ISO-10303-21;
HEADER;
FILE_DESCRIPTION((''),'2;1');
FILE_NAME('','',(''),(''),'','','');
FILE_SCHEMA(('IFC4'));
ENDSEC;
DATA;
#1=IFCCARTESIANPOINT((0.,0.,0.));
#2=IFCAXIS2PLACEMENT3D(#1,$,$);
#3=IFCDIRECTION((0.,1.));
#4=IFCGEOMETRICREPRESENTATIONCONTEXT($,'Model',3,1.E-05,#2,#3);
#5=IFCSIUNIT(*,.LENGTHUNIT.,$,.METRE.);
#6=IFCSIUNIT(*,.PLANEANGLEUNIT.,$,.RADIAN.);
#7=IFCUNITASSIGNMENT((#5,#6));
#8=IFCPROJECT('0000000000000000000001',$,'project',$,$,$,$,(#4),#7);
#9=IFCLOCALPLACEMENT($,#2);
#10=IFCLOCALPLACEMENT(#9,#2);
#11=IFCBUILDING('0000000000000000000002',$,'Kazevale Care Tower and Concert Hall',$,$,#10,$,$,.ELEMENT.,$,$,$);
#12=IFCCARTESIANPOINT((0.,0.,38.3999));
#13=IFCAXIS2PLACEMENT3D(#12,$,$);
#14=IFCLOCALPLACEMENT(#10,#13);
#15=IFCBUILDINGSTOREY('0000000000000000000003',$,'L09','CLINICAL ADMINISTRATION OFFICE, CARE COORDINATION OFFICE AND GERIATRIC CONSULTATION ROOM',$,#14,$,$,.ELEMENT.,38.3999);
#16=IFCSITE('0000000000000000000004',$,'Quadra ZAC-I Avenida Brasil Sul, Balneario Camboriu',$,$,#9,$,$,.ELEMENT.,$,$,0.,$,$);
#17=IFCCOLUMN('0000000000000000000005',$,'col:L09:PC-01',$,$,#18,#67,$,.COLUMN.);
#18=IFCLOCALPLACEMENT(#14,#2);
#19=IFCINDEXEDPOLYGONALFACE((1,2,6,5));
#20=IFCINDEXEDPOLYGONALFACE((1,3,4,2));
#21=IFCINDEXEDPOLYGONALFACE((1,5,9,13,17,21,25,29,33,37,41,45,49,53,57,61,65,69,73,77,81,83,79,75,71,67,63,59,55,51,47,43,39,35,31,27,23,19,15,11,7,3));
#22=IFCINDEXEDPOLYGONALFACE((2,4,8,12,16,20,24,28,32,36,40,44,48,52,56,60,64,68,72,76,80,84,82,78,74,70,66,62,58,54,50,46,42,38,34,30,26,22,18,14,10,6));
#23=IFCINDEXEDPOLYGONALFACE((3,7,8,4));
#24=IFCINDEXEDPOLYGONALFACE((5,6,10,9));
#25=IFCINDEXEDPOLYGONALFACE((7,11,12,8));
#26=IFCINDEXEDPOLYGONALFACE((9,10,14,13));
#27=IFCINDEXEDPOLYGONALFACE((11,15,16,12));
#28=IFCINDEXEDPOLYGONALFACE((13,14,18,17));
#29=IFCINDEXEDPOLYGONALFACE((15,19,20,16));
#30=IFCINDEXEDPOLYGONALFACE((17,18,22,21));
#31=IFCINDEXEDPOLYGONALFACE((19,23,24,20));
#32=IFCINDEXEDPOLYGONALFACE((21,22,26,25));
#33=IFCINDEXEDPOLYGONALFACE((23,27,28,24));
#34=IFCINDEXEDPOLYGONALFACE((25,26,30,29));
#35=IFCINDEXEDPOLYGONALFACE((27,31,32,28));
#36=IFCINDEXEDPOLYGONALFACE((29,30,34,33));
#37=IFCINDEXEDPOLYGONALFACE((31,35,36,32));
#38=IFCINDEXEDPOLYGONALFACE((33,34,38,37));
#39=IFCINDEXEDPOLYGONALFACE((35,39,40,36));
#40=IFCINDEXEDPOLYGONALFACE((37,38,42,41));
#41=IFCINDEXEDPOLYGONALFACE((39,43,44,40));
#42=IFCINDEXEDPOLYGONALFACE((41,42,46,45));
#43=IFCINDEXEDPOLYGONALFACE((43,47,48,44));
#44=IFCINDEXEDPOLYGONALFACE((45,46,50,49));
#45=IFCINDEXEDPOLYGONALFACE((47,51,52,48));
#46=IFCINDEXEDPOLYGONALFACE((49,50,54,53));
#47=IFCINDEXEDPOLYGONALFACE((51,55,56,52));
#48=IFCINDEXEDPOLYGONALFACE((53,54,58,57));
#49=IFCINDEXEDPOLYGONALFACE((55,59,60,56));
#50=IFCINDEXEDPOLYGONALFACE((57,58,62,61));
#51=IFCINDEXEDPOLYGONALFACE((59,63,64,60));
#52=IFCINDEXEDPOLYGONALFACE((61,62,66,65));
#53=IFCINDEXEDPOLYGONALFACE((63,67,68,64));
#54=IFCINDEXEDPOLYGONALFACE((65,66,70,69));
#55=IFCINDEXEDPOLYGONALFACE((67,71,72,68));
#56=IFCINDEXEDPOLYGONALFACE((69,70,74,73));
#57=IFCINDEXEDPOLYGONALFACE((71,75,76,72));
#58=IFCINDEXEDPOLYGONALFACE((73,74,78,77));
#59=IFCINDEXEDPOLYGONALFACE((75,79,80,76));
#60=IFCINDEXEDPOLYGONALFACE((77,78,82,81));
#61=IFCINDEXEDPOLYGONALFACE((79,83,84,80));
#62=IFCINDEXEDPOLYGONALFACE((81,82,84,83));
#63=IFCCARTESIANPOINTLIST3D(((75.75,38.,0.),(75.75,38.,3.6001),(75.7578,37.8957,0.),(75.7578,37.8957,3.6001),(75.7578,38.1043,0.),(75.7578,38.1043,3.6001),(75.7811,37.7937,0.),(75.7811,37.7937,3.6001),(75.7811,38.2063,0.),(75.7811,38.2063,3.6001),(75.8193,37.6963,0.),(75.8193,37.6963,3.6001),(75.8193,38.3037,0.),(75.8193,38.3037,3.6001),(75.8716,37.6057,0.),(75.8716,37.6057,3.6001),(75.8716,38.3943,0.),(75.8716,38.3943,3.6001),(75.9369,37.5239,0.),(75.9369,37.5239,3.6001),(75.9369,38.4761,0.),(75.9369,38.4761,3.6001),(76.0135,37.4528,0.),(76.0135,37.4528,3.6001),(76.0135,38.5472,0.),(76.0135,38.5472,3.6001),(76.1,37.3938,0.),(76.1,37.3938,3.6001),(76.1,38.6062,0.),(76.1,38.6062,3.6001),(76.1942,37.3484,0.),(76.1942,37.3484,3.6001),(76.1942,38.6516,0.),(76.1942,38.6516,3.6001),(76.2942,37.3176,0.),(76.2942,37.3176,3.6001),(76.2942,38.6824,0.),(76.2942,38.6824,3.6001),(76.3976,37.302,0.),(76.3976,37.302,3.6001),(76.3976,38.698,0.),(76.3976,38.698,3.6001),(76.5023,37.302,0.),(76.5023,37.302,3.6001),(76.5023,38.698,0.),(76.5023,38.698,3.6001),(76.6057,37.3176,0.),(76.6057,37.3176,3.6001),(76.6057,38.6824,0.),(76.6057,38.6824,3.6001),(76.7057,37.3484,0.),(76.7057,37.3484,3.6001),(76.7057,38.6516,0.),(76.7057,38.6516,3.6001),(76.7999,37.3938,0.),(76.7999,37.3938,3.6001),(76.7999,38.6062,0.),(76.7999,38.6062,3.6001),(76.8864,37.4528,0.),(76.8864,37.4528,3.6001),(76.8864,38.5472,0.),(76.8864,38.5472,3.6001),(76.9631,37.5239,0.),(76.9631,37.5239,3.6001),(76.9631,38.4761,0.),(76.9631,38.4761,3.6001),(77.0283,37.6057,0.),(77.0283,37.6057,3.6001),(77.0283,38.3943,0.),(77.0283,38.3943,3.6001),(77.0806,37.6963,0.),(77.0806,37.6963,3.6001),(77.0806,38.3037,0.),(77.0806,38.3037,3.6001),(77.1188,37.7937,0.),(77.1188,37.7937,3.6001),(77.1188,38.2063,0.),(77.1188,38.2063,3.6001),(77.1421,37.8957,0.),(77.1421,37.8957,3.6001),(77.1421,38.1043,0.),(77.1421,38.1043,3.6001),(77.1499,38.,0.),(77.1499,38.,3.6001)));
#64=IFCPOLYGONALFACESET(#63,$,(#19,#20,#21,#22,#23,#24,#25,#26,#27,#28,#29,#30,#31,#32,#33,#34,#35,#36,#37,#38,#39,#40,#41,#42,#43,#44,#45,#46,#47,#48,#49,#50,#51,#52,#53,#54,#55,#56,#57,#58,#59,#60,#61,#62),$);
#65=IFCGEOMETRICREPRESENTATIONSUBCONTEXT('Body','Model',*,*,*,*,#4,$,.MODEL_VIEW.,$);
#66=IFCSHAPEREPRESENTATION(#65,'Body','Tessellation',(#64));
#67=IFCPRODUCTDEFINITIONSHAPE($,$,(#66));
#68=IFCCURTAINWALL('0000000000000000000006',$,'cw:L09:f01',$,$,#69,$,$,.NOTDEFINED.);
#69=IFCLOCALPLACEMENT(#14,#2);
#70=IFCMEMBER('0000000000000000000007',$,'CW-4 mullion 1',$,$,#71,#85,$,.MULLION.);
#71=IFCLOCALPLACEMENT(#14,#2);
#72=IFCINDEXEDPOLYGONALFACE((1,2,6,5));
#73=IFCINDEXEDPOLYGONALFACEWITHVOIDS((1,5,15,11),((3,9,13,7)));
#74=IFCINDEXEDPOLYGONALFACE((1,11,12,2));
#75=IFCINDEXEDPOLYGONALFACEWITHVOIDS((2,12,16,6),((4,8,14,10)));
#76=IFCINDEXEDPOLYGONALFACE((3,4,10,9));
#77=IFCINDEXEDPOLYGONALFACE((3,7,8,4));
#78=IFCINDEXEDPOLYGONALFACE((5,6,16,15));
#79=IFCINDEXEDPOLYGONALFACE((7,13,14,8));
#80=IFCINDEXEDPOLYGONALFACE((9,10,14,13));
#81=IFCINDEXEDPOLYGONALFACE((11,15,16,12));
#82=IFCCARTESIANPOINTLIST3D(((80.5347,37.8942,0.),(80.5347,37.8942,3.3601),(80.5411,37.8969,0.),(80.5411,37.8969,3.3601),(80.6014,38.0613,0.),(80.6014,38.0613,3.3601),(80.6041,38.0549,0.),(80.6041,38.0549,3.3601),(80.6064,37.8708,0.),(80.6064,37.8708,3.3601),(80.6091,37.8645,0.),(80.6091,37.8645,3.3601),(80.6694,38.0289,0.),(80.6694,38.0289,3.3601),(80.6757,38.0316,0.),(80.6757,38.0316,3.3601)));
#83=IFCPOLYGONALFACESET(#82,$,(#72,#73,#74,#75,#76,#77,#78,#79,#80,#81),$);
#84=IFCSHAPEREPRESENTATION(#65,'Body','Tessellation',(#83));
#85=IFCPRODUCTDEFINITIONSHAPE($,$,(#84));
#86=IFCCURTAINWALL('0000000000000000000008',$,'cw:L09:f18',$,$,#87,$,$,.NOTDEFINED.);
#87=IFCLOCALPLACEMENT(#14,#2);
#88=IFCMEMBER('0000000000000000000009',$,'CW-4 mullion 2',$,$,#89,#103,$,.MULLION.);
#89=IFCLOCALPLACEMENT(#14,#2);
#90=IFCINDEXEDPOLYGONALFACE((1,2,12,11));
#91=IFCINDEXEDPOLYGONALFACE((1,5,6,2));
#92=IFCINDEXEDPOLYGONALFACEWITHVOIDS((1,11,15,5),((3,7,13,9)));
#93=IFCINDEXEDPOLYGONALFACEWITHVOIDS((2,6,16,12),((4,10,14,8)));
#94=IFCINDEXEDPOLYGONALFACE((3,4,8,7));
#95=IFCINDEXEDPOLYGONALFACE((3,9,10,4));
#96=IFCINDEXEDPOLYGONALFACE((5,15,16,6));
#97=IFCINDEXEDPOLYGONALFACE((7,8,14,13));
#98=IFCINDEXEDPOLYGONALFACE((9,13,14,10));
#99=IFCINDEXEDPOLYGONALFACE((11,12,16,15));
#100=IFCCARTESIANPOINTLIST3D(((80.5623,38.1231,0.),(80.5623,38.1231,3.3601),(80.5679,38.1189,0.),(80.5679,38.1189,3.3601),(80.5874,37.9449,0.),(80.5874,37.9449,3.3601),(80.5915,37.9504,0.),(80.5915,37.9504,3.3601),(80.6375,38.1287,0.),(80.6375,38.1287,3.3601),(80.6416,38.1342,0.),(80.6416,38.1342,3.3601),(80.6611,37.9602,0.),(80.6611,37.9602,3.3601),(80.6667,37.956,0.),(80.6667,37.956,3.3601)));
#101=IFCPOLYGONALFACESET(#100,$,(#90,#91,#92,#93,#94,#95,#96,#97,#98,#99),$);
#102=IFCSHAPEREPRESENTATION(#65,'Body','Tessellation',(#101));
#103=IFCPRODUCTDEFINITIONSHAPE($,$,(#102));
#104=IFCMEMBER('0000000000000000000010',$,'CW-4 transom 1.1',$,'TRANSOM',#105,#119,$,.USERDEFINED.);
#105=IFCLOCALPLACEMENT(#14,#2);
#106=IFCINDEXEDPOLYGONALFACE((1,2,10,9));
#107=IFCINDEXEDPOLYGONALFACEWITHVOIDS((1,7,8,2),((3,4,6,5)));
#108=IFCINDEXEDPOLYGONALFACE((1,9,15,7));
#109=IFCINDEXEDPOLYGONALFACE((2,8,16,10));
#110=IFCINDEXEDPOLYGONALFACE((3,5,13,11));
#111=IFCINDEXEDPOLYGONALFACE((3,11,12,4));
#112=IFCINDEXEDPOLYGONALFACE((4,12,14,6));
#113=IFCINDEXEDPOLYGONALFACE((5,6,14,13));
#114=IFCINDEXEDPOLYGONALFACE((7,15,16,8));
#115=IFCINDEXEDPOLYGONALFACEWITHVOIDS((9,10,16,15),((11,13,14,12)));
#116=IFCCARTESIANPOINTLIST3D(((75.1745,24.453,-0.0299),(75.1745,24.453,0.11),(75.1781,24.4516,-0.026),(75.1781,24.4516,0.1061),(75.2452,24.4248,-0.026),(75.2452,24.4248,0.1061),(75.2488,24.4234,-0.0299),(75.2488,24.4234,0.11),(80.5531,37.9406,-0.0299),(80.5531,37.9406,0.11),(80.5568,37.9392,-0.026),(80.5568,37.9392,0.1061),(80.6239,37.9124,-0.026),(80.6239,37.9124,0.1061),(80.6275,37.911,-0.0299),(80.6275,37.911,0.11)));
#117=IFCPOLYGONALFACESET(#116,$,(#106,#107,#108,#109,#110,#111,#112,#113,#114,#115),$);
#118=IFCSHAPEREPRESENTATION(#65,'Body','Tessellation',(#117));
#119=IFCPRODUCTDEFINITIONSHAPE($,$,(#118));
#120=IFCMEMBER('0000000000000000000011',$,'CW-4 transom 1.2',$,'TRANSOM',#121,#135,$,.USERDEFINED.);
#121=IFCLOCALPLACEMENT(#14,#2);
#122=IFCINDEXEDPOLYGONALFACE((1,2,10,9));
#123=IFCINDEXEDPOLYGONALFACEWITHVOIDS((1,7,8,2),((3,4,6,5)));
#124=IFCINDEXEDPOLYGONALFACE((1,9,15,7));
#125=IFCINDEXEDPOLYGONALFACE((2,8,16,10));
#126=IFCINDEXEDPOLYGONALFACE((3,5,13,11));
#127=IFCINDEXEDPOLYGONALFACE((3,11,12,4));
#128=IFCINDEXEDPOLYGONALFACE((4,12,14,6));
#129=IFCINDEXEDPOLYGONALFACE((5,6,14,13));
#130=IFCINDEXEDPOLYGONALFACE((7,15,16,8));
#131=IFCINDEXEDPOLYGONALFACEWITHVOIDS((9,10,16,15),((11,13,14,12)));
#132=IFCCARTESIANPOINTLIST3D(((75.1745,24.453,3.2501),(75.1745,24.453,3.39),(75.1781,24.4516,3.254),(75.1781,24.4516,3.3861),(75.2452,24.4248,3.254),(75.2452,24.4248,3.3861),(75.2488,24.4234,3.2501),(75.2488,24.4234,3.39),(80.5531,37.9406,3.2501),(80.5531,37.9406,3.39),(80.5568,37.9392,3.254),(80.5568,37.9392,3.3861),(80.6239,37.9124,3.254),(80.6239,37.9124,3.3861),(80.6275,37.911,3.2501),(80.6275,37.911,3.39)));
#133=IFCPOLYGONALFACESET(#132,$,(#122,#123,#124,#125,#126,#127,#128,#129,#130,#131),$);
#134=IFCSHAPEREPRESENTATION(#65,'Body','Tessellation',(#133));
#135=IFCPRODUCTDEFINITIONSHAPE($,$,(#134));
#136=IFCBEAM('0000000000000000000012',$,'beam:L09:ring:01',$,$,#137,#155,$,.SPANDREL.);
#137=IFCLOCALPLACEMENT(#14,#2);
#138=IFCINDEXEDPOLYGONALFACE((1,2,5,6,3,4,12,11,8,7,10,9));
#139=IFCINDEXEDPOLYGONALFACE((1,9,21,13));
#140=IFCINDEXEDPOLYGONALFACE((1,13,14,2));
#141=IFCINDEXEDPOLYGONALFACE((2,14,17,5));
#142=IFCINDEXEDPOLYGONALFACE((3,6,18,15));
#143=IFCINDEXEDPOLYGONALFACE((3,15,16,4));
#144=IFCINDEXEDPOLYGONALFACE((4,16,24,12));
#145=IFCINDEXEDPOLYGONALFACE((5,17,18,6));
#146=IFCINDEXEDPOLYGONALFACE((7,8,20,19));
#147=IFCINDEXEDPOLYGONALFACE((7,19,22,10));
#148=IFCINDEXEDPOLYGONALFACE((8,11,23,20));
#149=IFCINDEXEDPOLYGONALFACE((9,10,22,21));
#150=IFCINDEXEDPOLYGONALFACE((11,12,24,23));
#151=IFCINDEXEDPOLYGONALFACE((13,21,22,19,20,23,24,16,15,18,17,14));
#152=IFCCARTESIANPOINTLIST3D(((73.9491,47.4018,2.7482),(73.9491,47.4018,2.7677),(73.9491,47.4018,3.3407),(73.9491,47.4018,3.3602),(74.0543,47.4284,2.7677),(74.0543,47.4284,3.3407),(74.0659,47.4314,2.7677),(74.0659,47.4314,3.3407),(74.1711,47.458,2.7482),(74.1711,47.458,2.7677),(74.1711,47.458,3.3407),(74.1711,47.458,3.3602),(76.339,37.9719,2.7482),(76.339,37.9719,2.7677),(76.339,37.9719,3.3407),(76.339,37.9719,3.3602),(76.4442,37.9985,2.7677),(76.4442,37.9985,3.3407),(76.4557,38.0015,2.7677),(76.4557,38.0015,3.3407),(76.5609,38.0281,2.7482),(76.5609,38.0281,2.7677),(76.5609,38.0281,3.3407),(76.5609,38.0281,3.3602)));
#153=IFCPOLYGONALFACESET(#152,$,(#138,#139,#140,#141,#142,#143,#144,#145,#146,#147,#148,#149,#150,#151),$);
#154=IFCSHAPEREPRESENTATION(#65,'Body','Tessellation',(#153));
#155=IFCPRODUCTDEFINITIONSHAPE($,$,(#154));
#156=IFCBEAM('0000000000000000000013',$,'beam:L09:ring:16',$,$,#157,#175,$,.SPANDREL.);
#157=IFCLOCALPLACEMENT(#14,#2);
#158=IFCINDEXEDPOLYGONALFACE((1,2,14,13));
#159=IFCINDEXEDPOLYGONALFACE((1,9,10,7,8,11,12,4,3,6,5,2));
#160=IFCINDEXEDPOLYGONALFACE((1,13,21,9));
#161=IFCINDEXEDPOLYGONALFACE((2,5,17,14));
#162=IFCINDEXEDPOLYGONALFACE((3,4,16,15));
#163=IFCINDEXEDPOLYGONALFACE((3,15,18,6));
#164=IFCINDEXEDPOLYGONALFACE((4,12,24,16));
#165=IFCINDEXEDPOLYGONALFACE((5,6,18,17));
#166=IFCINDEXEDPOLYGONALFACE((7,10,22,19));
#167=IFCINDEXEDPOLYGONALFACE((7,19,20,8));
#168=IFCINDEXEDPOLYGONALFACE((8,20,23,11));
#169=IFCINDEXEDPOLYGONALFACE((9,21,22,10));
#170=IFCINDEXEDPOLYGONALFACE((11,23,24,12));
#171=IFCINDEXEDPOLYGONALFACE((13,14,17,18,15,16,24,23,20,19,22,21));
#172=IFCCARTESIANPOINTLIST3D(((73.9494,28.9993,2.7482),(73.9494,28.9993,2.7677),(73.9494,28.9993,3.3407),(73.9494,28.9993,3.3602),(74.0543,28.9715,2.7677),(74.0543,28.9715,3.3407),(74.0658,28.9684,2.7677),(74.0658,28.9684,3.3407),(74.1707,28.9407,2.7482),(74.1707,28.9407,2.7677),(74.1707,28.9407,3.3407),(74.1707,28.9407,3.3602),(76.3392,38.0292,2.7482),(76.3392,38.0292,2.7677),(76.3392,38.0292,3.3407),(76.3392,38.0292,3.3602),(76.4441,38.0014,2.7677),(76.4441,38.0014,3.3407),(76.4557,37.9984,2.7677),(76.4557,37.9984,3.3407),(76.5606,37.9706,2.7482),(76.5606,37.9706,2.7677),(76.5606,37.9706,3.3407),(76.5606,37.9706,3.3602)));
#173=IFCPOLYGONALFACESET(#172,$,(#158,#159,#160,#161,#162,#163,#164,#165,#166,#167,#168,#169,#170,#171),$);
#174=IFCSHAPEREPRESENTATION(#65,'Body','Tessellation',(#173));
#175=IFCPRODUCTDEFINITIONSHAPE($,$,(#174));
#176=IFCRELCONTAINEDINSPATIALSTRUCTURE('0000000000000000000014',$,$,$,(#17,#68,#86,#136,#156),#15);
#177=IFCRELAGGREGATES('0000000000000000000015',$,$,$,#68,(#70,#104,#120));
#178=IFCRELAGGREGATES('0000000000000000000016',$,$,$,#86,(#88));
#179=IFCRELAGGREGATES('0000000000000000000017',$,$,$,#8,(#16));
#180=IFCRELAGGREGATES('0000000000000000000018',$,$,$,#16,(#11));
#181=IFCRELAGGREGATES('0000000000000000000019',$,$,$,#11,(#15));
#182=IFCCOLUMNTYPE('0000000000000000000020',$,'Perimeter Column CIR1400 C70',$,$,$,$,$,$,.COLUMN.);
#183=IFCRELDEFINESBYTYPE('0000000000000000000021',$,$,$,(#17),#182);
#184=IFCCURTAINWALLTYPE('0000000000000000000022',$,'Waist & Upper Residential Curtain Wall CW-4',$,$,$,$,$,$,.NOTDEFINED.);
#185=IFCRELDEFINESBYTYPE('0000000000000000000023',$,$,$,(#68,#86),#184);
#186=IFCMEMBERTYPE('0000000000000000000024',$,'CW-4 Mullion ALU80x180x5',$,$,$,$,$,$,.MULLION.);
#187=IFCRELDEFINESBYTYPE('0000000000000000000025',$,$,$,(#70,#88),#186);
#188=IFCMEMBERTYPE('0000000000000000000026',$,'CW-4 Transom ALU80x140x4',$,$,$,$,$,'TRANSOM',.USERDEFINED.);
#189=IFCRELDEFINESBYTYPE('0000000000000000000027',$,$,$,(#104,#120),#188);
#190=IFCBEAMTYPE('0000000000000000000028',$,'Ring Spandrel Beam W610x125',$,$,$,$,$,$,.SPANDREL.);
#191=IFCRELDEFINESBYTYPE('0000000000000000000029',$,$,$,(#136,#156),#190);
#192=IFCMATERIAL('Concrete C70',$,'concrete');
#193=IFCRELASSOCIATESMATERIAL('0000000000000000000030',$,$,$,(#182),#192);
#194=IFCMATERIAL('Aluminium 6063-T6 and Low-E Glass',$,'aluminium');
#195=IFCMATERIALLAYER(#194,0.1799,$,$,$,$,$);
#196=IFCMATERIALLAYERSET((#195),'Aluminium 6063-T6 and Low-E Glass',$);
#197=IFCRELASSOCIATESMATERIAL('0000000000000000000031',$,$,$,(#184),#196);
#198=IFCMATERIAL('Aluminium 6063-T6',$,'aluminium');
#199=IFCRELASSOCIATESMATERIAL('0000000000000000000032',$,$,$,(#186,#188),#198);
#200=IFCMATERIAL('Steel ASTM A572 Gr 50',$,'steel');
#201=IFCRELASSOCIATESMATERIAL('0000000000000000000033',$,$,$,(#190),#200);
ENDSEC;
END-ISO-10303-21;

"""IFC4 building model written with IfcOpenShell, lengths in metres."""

from ifc_helpers import new_model, si_unit, direction, frame, origin, origin_2d, place, context, subcontext, project, spatial, hollow_rectangle, circle, i_section, extrude, material, layer, layer_set, material_profile, profile_set, type_object, element, aggregate, save


model = new_model("IFC4")

# Units and contexts
model_context = context("Model", 3, precision=1e-05, world=origin(), true_north=direction((0.0, 1.0)))
body_context = subcontext(model_context, "Body", "Model", "MODEL_VIEW")
ifc_project = project(units=[si_unit("LENGTHUNIT", "METRE"), si_unit("PLANEANGLEUNIT", "RADIAN")], contexts=[model_context])

# Site, building, storey
site_placement = place(None, origin())
site = spatial("IfcSite", under=ifc_project, at=site_placement, Name="Quadra ZAC-I Avenida Brasil Sul, Balneario Camboriu", CompositionType="ELEMENT", RefElevation=0.0)
building_placement = place(site_placement, origin())
building = spatial("IfcBuilding", under=site, at=building_placement, Name="Kazevale Care Tower and Concert Hall", CompositionType="ELEMENT")
storey_placement = place(building_placement, frame((0.0, 0.0, 38.3999)))
storey = spatial("IfcBuildingStorey", under=building, at=storey_placement, Name="L09", Description="CLINICAL ADMINISTRATION OFFICE, CARE COORDINATION OFFICE AND GERIATRIC CONSULTATION ROOM", CompositionType="ELEMENT", Elevation=38.3999)

# Column
ifc_material_1 = material(Name="Concrete C70", Category="concrete")
ifc_material_profile_1 = material_profile(ifc_material_1, circle(Radius=0.7, at=origin_2d()), Name="RC-CIR1400")
ifc_profile_set_1 = profile_set([ifc_material_profile_1], Name="Concrete C70")
column_type = type_object("IfcColumnType", Name="Perimeter Column CIR1400 C70", PredefinedType="COLUMN", material=ifc_profile_set_1)
column_placement = place(storey_placement, frame((76.45, 38.0, 0.0), z_axis=(0.0, 0.0, 1.0), x_axis=(1.0, 0.0, 0.0)))
element("IfcColumn", 1, at=column_placement, inside=storey, type_object=column_type, Name="col:L09:PC-01", PredefinedType="COLUMN", context=body_context, shape_type="SweptSolid", body=[
    extrude(circle(Radius=0.7, at=origin_2d()), origin(), (0.0, 0.0, 1.0), 3.6001),
])

# Curtain walls, members
ifc_material_2 = material(Name="Aluminium 6063-T6 and Low-E Glass", Category="aluminium")
ifc_layer_1 = layer(ifc_material_2, 0.1799)
ifc_layer_set_1 = layer_set([ifc_layer_1], Name="Aluminium 6063-T6 and Low-E Glass")
curtain_wall_type = type_object("IfcCurtainWallType", Name="Waist & Upper Residential Curtain Wall CW-4", PredefinedType="NOTDEFINED", material=ifc_layer_set_1)
curtain_wall_1_placement = place(storey_placement, origin())
curtain_wall_1 = element("IfcCurtainWall", 2, at=curtain_wall_1_placement, inside=storey, type_object=curtain_wall_type, Name="cw:L09:f01", PredefinedType="NOTDEFINED")
ifc_material_3 = material(Name="Aluminium 6063-T6", Category="aluminium")
ifc_material_profile_2 = material_profile(ifc_material_3, hollow_rectangle(XDim=0.0801, YDim=0.1799, WallThickness=0.0049, at=origin_2d()), Name="ALU80x180x5")
ifc_profile_set_2 = profile_set([ifc_material_profile_2], Name="Aluminium 6063-T6")
member_type_1 = type_object("IfcMemberType", Name="CW-4 Mullion ALU80x180x5", PredefinedType="MULLION", material=ifc_profile_set_2)
member_1_placement = place(storey_placement, frame((80.6052, 37.9629, 0.0), z_axis=(0.0, 0.0, 1.0), x_axis=(0.928861, -0.370427, 0.0)))
member_1 = element("IfcMember", 3, at=member_1_placement, type_object=member_type_1, Name="CW-4 mullion 1", PredefinedType="MULLION", context=body_context, shape_type="SweptSolid", body=[
    extrude(hollow_rectangle(XDim=0.0801, YDim=0.1799, WallThickness=0.0049, at=origin_2d()), origin(), (0.0, 0.0, 1.0), 3.3601),
])
curtain_wall_2_placement = place(storey_placement, origin())
curtain_wall_2 = element("IfcCurtainWall", 4, at=curtain_wall_2_placement, inside=storey, type_object=curtain_wall_type, Name="cw:L09:f18", PredefinedType="NOTDEFINED")
member_2_placement = place(storey_placement, frame((80.6145, 38.0396, 0.0), z_axis=(0.0, 0.0, 1.0), x_axis=(0.990295, 0.138978, 0.0)))
member_2 = element("IfcMember", 5, at=member_2_placement, type_object=member_type_1, Name="CW-4 mullion 2", PredefinedType="MULLION", context=body_context, shape_type="SweptSolid", body=[
    extrude(hollow_rectangle(XDim=0.0801, YDim=0.1799, WallThickness=0.0049, at=origin_2d()), origin(), (0.0, 0.0, 1.0), 3.3601),
])

# Members
ifc_material_profile_3 = material_profile(ifc_material_3, hollow_rectangle(XDim=0.0801, YDim=0.1399, WallThickness=0.0039, at=origin_2d()), Name="ALU80x140x4")
ifc_profile_set_3 = profile_set([ifc_material_profile_3], Name="Aluminium 6063-T6")
member_type_2 = type_object("IfcMemberType", Name="CW-4 Transom ALU80x140x4", ElementType="TRANSOM", PredefinedType="USERDEFINED", material=ifc_profile_set_3)
member_3_placement = place(storey_placement, frame((80.5903, 37.9258, 0.04), z_axis=(-0.370419, -0.928865, 0.0), x_axis=(0.928865, -0.370419, 0.0)))
member_3 = element("IfcMember", 6, at=member_3_placement, type_object=member_type_2, Name="CW-4 transom 1.1", ObjectType="TRANSOM", PredefinedType="USERDEFINED", context=body_context, shape_type="SweptSolid", body=[
    extrude(hollow_rectangle(XDim=0.0801, YDim=0.1399, WallThickness=0.0039, at=origin_2d()), origin(), (0.0, 0.0, 1.0), 14.5205),
])
member_4_placement = place(storey_placement, frame((80.5903, 37.9258, 3.3201), z_axis=(-0.370419, -0.928865, 0.0), x_axis=(0.928865, -0.370419, 0.0)))
member_4 = element("IfcMember", 7, at=member_4_placement, type_object=member_type_2, Name="CW-4 transom 1.2", ObjectType="TRANSOM", PredefinedType="USERDEFINED", context=body_context, shape_type="SweptSolid", body=[
    extrude(hollow_rectangle(XDim=0.0801, YDim=0.1399, WallThickness=0.0039, at=origin_2d()), origin(), (0.0, 0.0, 1.0), 14.5205),
])

# Beams
ifc_material_4 = material(Name="Steel ASTM A572 Gr 50", Category="steel")
ifc_material_profile_4 = material_profile(ifc_material_4, i_section(OverallWidth=0.229, OverallDepth=0.6121, WebThickness=0.012, FlangeThickness=0.0195, at=origin_2d()), Name="W610x125")
ifc_profile_set_4 = profile_set([ifc_material_profile_4], Name="Steel ASTM A572 Gr 50")
beam_type_1 = type_object("IfcBeamType", Name="Ring Spandrel Beam W610x125", PredefinedType="SPANDREL", material=ifc_profile_set_4)
beam_1_placement = place(storey_placement, frame((76.45, 38.0, 3.0542), z_axis=(-0.24567, 0.969354, 0.0), x_axis=(-0.969354, -0.24567, 0.0)))
element("IfcBeam", 8, at=beam_1_placement, inside=storey, type_object=beam_type_1, Name="beam:L09:ring:01", PredefinedType="SPANDREL", context=body_context, shape_type="SweptSolid", body=[
    extrude(i_section(OverallWidth=0.229, OverallDepth=0.6121, WebThickness=0.012, FlangeThickness=0.0195, at=origin_2d()), origin(), (0.0, 0.0, 1.0), 9.728),
])
beam_2_placement = place(storey_placement, frame((74.0601, 28.97, 3.0542), z_axis=(0.255852, 0.966716, 0.0), x_axis=(-0.966716, 0.255852, 0.0)))
element("IfcBeam", 9, at=beam_2_placement, inside=storey, type_object=beam_type_1, Name="beam:L09:ring:16", PredefinedType="SPANDREL", context=body_context, shape_type="SweptSolid", body=[
    extrude(i_section(OverallWidth=0.229, OverallDepth=0.6121, WebThickness=0.012, FlangeThickness=0.0195, at=origin_2d()), origin(), (0.0, 0.0, 1.0), 9.3408),
])

aggregate(curtain_wall_1, [member_1, member_3, member_4])
aggregate(curtain_wall_2, [member_2])

save(model, "model.ifc")
